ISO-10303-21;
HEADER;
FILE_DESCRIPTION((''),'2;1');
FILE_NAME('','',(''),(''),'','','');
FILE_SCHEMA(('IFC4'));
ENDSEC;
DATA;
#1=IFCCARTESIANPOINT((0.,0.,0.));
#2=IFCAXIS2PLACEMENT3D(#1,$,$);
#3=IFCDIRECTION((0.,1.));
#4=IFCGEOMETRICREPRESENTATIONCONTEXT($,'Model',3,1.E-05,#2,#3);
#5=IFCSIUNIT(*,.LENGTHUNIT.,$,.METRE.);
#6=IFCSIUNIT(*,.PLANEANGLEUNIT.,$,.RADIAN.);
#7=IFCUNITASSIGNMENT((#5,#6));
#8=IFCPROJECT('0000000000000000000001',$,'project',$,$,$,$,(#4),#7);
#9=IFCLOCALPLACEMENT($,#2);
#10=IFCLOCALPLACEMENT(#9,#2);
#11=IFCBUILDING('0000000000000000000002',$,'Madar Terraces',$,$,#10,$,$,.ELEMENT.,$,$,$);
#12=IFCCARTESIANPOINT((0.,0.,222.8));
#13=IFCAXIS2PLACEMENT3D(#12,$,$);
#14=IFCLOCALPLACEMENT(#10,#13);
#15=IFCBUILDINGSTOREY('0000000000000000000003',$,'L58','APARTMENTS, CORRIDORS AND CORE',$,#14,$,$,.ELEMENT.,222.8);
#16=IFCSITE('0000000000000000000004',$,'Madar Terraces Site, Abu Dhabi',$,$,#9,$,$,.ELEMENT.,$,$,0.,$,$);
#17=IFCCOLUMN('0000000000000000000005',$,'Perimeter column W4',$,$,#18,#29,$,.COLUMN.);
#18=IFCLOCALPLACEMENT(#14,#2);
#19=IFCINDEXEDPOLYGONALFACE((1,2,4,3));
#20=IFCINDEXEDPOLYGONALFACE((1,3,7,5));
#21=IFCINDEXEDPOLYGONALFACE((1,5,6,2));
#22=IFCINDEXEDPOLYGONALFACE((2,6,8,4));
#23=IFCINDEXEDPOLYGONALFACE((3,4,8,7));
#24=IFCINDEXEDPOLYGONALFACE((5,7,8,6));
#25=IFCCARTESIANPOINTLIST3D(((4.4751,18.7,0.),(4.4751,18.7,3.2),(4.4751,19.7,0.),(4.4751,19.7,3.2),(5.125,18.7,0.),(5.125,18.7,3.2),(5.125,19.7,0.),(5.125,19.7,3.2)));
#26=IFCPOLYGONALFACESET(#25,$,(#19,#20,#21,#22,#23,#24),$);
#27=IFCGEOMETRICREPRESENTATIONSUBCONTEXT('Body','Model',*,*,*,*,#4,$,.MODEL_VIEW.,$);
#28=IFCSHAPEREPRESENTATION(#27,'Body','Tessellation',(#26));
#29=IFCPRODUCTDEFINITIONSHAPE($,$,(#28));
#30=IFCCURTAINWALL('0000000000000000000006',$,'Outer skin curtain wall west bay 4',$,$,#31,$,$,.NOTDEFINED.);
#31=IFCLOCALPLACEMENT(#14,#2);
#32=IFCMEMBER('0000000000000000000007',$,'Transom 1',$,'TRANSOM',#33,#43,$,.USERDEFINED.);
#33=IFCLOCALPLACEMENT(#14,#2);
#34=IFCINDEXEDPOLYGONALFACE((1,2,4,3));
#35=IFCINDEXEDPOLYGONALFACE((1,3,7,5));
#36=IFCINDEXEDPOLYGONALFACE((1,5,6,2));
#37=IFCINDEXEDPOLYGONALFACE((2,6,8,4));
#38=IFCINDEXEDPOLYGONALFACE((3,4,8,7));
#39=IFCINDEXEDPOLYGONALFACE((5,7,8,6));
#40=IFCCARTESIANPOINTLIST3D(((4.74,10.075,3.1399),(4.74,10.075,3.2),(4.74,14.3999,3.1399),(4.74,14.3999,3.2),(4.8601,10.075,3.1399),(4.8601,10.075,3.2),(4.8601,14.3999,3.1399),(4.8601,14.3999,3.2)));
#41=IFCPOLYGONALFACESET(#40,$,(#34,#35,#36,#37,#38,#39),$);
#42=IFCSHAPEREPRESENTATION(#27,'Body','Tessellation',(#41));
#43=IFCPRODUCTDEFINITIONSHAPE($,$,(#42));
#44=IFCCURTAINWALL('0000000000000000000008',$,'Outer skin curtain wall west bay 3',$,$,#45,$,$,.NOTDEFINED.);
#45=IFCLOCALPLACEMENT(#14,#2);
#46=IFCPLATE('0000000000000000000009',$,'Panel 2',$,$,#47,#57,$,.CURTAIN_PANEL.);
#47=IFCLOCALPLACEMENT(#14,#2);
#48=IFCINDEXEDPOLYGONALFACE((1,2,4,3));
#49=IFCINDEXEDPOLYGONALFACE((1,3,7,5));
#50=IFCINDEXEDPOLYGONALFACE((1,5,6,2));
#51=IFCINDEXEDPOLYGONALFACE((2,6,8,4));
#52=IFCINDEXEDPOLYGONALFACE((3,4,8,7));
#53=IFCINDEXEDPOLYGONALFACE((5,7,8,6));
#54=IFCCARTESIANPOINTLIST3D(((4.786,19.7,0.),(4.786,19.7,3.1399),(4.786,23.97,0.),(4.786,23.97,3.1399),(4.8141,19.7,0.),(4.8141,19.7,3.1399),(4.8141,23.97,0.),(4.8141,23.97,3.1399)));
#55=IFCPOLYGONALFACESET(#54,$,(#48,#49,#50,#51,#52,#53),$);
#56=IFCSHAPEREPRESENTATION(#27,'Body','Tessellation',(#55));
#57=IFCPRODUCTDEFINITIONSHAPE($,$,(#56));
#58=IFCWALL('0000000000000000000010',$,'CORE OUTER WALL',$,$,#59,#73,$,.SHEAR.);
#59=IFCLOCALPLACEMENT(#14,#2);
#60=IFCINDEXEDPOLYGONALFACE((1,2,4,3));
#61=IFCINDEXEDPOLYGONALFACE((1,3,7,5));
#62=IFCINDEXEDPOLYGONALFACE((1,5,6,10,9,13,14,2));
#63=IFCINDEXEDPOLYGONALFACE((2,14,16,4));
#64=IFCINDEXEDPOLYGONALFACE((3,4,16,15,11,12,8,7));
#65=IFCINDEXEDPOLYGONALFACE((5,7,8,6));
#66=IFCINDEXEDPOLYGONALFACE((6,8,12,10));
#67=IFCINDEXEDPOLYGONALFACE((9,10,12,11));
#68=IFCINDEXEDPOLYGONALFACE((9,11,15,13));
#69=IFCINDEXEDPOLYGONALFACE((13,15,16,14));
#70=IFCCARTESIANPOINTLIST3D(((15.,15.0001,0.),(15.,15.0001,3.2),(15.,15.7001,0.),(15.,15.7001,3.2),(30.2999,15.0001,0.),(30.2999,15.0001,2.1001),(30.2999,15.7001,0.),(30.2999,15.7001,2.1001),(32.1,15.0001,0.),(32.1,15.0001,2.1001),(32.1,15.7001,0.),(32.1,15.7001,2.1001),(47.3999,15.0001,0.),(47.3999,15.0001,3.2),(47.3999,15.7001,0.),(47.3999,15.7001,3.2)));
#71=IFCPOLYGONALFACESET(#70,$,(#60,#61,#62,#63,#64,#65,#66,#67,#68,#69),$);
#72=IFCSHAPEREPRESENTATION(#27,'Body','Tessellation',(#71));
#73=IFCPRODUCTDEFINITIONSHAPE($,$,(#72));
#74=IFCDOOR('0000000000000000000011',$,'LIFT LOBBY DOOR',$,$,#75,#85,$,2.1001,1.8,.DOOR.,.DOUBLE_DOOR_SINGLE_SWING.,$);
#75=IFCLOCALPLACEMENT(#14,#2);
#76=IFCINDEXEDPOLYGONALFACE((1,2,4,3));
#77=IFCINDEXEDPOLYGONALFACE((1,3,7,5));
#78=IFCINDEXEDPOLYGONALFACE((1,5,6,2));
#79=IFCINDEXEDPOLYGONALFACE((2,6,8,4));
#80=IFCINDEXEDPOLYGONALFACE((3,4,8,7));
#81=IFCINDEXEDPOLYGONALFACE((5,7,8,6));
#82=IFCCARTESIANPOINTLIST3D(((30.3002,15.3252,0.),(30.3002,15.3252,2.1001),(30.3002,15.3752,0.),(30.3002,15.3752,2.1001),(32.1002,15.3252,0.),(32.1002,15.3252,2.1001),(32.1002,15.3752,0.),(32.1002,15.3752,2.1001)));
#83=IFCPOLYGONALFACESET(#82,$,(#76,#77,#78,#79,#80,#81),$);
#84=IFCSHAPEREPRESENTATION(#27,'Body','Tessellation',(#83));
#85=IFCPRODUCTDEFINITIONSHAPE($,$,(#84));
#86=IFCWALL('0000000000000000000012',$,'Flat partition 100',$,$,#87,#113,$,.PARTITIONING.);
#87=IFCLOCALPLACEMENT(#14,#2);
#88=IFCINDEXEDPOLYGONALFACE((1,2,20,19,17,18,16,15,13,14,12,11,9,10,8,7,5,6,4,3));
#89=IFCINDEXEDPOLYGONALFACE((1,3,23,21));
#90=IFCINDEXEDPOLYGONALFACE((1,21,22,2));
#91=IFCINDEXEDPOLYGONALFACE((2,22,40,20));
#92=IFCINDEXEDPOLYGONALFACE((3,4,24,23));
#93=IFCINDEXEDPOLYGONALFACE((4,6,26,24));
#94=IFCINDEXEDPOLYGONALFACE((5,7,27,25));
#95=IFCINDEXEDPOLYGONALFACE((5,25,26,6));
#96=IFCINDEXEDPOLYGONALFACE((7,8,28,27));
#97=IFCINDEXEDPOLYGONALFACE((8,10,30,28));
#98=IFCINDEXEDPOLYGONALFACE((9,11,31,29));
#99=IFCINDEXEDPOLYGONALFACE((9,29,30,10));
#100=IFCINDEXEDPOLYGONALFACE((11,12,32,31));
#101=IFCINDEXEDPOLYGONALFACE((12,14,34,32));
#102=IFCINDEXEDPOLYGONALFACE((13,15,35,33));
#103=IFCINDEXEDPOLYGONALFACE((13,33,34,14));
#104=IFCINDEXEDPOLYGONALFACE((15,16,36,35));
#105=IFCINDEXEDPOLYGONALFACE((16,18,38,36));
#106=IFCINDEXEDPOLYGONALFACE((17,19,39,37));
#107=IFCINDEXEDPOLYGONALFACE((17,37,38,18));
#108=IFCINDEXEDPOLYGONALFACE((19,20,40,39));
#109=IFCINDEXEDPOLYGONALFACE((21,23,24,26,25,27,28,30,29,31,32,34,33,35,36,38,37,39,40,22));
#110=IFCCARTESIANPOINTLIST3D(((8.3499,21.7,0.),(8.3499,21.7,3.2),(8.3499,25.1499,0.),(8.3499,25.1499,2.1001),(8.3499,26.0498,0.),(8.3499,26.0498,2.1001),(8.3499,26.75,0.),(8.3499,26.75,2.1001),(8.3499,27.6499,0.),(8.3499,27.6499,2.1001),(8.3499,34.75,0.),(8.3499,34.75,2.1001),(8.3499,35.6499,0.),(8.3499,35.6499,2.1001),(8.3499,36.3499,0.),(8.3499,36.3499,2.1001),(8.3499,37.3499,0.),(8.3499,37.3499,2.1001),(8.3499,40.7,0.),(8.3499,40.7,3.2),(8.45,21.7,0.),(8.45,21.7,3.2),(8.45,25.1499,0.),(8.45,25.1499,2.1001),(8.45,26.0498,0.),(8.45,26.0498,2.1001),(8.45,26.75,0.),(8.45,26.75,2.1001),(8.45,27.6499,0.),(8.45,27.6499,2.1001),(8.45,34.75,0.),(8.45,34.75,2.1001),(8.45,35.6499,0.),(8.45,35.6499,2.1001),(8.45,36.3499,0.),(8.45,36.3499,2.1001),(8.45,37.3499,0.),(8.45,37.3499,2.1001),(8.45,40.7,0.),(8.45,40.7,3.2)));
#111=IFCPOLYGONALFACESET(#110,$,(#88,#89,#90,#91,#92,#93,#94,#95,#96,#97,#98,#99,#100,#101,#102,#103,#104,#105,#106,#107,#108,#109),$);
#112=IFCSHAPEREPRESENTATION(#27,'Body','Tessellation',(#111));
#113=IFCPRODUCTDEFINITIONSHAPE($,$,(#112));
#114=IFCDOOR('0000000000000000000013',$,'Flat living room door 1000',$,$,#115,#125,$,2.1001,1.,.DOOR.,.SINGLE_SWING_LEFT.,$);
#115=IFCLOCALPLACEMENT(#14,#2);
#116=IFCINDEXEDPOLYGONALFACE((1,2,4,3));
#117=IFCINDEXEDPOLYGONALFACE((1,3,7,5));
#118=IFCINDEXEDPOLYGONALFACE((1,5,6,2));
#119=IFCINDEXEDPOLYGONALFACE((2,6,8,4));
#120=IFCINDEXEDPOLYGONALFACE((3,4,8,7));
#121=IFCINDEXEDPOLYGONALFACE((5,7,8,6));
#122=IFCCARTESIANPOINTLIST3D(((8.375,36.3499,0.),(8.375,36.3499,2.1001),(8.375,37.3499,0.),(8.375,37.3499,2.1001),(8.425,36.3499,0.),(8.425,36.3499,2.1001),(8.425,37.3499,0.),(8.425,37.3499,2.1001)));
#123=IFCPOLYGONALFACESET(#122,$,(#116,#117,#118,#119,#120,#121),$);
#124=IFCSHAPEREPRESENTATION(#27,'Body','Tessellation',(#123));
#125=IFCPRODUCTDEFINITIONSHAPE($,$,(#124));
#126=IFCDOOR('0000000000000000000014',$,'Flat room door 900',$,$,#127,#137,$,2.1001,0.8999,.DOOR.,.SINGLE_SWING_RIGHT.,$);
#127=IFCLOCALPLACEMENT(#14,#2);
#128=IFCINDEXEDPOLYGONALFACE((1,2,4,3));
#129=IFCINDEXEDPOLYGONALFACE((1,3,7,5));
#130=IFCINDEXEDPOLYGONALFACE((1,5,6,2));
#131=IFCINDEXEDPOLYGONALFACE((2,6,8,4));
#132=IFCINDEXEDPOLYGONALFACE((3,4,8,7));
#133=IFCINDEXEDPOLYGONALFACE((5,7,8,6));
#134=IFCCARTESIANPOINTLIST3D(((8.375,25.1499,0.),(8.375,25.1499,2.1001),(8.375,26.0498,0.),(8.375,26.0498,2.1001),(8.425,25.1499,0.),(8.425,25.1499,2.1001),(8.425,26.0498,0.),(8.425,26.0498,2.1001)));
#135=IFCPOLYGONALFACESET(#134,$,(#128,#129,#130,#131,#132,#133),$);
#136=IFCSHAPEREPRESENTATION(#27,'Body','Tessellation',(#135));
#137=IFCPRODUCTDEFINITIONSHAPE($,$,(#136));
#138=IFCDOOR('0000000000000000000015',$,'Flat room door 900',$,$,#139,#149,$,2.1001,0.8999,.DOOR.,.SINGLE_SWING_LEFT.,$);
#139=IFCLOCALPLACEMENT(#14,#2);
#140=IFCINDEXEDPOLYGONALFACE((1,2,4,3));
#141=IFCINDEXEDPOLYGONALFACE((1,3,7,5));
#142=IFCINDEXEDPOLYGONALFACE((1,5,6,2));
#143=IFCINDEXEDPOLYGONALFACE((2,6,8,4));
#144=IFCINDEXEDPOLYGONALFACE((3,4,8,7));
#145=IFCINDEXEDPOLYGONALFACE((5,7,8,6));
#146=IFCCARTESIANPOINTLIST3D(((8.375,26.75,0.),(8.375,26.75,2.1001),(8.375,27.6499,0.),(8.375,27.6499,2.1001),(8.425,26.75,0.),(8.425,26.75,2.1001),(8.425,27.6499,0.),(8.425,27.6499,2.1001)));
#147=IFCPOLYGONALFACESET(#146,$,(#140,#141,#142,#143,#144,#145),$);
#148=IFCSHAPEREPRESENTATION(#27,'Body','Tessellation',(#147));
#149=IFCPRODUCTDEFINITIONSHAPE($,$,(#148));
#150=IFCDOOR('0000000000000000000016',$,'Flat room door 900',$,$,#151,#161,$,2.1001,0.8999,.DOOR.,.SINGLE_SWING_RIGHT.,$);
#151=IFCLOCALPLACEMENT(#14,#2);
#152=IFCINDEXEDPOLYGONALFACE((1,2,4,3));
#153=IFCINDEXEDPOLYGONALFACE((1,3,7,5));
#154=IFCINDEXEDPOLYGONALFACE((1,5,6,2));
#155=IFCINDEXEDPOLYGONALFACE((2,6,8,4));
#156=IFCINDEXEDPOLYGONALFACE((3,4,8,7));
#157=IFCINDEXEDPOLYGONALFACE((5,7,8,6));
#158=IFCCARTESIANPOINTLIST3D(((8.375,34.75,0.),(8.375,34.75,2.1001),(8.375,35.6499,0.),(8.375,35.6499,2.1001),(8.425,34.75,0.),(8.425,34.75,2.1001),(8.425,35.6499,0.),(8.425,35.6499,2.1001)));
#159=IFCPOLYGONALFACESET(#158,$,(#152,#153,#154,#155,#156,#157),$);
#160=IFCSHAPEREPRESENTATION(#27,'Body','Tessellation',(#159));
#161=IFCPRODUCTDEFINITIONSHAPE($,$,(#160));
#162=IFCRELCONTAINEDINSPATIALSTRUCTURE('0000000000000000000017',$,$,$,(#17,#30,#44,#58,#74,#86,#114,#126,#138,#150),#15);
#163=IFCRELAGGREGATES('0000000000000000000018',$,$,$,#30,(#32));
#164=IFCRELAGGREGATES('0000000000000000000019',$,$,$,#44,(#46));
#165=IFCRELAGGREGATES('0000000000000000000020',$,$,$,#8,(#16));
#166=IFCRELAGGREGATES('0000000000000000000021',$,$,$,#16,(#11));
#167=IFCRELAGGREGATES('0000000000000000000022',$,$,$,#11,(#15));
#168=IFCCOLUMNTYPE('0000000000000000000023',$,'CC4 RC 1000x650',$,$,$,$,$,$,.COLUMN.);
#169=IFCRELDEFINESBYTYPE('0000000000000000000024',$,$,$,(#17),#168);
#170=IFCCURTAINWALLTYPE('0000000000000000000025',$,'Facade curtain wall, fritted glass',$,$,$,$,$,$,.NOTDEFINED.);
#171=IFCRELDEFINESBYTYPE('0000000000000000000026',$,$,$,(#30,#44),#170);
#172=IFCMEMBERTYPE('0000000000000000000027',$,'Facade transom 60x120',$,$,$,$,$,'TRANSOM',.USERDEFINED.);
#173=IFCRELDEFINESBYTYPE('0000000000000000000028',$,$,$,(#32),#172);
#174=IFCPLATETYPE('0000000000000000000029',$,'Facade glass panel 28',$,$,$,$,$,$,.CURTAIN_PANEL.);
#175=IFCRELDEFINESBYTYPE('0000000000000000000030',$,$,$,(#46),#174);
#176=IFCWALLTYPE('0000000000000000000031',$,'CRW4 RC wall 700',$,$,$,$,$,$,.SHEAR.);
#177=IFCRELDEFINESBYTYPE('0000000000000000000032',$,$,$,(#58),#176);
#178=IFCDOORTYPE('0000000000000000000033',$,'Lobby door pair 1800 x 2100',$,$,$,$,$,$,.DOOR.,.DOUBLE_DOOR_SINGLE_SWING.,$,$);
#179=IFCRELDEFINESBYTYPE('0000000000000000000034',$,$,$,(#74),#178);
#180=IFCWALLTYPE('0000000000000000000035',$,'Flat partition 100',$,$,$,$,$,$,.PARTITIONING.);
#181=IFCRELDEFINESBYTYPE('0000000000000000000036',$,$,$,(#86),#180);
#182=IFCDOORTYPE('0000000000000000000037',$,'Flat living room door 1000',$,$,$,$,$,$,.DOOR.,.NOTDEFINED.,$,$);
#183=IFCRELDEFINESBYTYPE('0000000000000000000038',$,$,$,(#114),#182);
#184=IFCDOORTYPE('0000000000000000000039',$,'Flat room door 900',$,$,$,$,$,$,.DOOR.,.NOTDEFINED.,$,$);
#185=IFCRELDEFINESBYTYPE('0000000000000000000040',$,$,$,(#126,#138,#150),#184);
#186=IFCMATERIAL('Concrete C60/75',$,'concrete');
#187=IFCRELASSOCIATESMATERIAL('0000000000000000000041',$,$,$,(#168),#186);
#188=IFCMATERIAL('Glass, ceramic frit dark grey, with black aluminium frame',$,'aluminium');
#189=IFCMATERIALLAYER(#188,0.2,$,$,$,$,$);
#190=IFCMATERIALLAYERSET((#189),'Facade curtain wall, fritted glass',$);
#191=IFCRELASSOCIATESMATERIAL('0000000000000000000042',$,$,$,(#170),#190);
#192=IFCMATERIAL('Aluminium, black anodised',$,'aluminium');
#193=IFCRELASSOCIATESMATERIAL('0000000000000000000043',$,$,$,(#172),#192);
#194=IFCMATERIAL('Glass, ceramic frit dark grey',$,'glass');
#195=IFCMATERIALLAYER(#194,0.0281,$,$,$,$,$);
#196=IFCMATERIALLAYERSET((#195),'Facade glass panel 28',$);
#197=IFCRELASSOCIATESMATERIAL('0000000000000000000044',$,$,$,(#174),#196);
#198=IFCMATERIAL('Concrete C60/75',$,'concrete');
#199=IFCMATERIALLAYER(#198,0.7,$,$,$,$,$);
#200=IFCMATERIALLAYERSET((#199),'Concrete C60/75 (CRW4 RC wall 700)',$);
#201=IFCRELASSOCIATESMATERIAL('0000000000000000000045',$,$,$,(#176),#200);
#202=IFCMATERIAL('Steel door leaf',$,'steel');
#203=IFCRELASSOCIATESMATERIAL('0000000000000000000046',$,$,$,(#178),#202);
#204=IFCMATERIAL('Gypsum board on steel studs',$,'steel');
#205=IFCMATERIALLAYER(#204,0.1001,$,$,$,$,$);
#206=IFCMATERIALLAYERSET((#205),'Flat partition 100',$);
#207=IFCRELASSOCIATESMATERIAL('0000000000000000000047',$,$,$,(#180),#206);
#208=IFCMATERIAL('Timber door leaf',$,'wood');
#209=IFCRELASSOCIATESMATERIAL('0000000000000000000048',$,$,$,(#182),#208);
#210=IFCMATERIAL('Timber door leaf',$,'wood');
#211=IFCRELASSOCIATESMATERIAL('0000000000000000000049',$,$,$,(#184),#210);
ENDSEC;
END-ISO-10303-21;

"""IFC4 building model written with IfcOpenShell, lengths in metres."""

from ifc_helpers import new_model, si_unit, direction, frame, frame_2d, origin, origin_2d, place, context, subcontext, project, spatial, rectangle, extrude, material, layer, layer_set, material_profile, profile_set, type_object, element, fill, aggregate, save


model = new_model("IFC4")

# Units and contexts
model_context = context("Model", 3, precision=1e-05, world=origin(), true_north=direction((0.0, 1.0)))
body_context = subcontext(model_context, "Body", "Model", "MODEL_VIEW")
ifc_project = project(units=[si_unit("LENGTHUNIT", "METRE"), si_unit("PLANEANGLEUNIT", "RADIAN")], contexts=[model_context])

# Site, building, storey
site_placement = place(None, origin())
site = spatial("IfcSite", under=ifc_project, at=site_placement, Name="Madar Terraces Site, Abu Dhabi", CompositionType="ELEMENT", RefElevation=0.0)
building_placement = place(site_placement, origin())
building = spatial("IfcBuilding", under=site, at=building_placement, Name="Madar Terraces", CompositionType="ELEMENT")
storey_placement = place(building_placement, frame((0.0, 0.0, 222.8)))
storey = spatial("IfcBuildingStorey", under=building, at=storey_placement, Name="L58", Description="APARTMENTS, CORRIDORS AND CORE", CompositionType="ELEMENT", Elevation=222.8)

# Column
ifc_material_1 = material(Name="Concrete C60/75", Category="concrete")
ifc_material_profile_1 = material_profile(ifc_material_1, rectangle(XDim=1.0, YDim=0.6499, at=origin_2d()), Name="CC4 RC 1000x650")
ifc_profile_set_1 = profile_set([ifc_material_profile_1], Name="Concrete C60/75")
column_type = type_object("IfcColumnType", Name="CC4 RC 1000x650", PredefinedType="COLUMN", material=ifc_profile_set_1)
column_placement = place(storey_placement, frame((4.8, 19.2, 0.0), z_axis=(0.0, 0.0, 1.0), x_axis=(0.0, 1.0, 0.0)))
element("IfcColumn", 1, at=column_placement, inside=storey, type_object=column_type, Name="Perimeter column W4", PredefinedType="COLUMN", context=body_context, shape_type="SweptSolid", body=[
    extrude(rectangle(XDim=1.0, YDim=0.6499, at=origin_2d()), origin(), (0.0, 0.0, 1.0), 3.2),
])

# Curtain wall, member
ifc_material_2 = material(Name="Glass, ceramic frit dark grey, with black aluminium frame", Category="aluminium")
ifc_layer_1 = layer(ifc_material_2, 0.2)
ifc_layer_set_1 = layer_set([ifc_layer_1], Name="Facade curtain wall, fritted glass")
curtain_wall_type = type_object("IfcCurtainWallType", Name="Facade curtain wall, fritted glass", PredefinedType="NOTDEFINED", material=ifc_layer_set_1)
curtain_wall_1_placement = place(storey_placement, origin())
curtain_wall_1 = element("IfcCurtainWall", 2, at=curtain_wall_1_placement, inside=storey, type_object=curtain_wall_type, Name="Outer skin curtain wall west bay 4", PredefinedType="NOTDEFINED")
ifc_material_3 = material(Name="Aluminium, black anodised", Category="aluminium")
ifc_material_profile_2 = material_profile(ifc_material_3, rectangle(XDim=0.1201, YDim=0.0601, at=origin_2d()), Name="Facade transom 60x120")
ifc_profile_set_2 = profile_set([ifc_material_profile_2], Name="Aluminium, black anodised")
member_type = type_object("IfcMemberType", Name="Facade transom 60x120", ElementType="TRANSOM", PredefinedType="USERDEFINED", material=ifc_profile_set_2)
member_placement = place(storey_placement, frame((4.8, 14.3999, 3.1699), z_axis=(0.0, -1.0, 0.0), x_axis=(1.0, 0.0, 0.0)))
member = element("IfcMember", 3, at=member_placement, type_object=member_type, Name="Transom 1", ObjectType="TRANSOM", PredefinedType="USERDEFINED", context=body_context, shape_type="SweptSolid", body=[
    extrude(rectangle(XDim=0.1201, YDim=0.0601, at=origin_2d()), origin(), (0.0, 0.0, 1.0), 4.325),
])
aggregate(curtain_wall_1, [member])

# Curtain wall, plate
curtain_wall_2_placement = place(storey_placement, origin())
curtain_wall_2 = element("IfcCurtainWall", 4, at=curtain_wall_2_placement, inside=storey, type_object=curtain_wall_type, Name="Outer skin curtain wall west bay 3", PredefinedType="NOTDEFINED")
ifc_material_4 = material(Name="Glass, ceramic frit dark grey", Category="glass")
ifc_layer_2 = layer(ifc_material_4, 0.0281)
ifc_layer_set_2 = layer_set([ifc_layer_2], Name="Facade glass panel 28")
plate_type = type_object("IfcPlateType", Name="Facade glass panel 28", PredefinedType="CURTAIN_PANEL", material=ifc_layer_set_2)
plate_placement = place(storey_placement, frame((4.8, 21.835, 0.0), z_axis=(0.0, 0.0, 1.0), x_axis=(0.0, -1.0, 0.0)))
plate = element("IfcPlate", 5, at=plate_placement, type_object=plate_type, Name="Panel 2", PredefinedType="CURTAIN_PANEL", context=body_context, shape_type="SweptSolid", body=[
    extrude(rectangle(XDim=4.27, YDim=0.0281, at=origin_2d()), origin(), (0.0, 0.0, 1.0), 3.1399),
])
aggregate(curtain_wall_2, [plate])

# Wall, opening, door
ifc_material_5 = material(Name="Concrete C60/75", Category="concrete")
ifc_layer_3 = layer(ifc_material_5, 0.7)
ifc_layer_set_3 = layer_set([ifc_layer_3], Name="Concrete C60/75 (CRW4 RC wall 700)")
wall_type_1 = type_object("IfcWallType", Name="CRW4 RC wall 700", PredefinedType="SHEAR", material=ifc_layer_set_3)
wall_1_placement = place(storey_placement, frame((15.0, 15.3501, 0.0), z_axis=(0.0, 0.0, 1.0), x_axis=(1.0, 0.0, 0.0)))
wall_1 = element("IfcWall", 6, at=wall_1_placement, inside=storey, type_object=wall_type_1, Name="CORE OUTER WALL", PredefinedType="SHEAR", context=body_context, shape_type="SweptSolid", body=[
    extrude(rectangle(XDim=32.3999, YDim=0.7, at=frame_2d((16.2, 0.0))), origin(), (0.0, 0.0, 1.0), 3.2),
])
opening_1_placement = place(wall_1_placement, frame((15.3, 0.0, 0.0)))
opening_1 = element("IfcOpeningElement", 7, at=opening_1_placement, cuts=wall_1, PredefinedType="OPENING", context=body_context, shape_type="SweptSolid", body=[
    extrude(rectangle(XDim=1.8, YDim=2.1001, at=frame_2d((0.8999, 1.05))), frame((0.0, 0.3599, 0.0), z_axis=(0.0, -1.0, 0.0), x_axis=(1.0, 0.0, 0.0)), (0.0, 0.0, 1.0), 0.72),
])
ifc_material_6 = material(Name="Steel door leaf", Category="steel")
door_type_1 = type_object("IfcDoorType", Name="Lobby door pair 1800 x 2100", OperationType="DOUBLE_DOOR_SINGLE_SWING", PredefinedType="DOOR", material=ifc_material_6)
door_1_placement = place(opening_1_placement, frame((1.8, 0.0, 0.0), z_axis=(0.0, 0.0, 1.0), x_axis=(-1.0, 0.0, 0.0)))
door_1 = element("IfcDoor", 8, at=door_1_placement, inside=storey, type_object=door_type_1, Name="LIFT LOBBY DOOR", OperationType="DOUBLE_DOOR_SINGLE_SWING", OverallHeight=2.1001, OverallWidth=1.8, PredefinedType="DOOR", context=body_context, shape_type="SweptSolid", body=[
    extrude(rectangle(XDim=1.8, YDim=2.1001, at=frame_2d((0.8999, 1.05))), frame((0.0, 0.0249, 0.0), z_axis=(0.0, -1.0, 0.0), x_axis=(1.0, 0.0, 0.0)), (0.0, 0.0, 1.0), 0.05),
])
fill(opening_1, door_1)

# Wall, openings, doors
ifc_material_7 = material(Name="Gypsum board on steel studs", Category="steel")
ifc_layer_4 = layer(ifc_material_7, 0.1001)
ifc_layer_set_4 = layer_set([ifc_layer_4], Name="Flat partition 100")
wall_type_2 = type_object("IfcWallType", Name="Flat partition 100", PredefinedType="PARTITIONING", material=ifc_layer_set_4)
wall_2_placement = place(storey_placement, frame((8.3999, 21.7, 0.0), z_axis=(0.0, 0.0, 1.0), x_axis=(0.0, 1.0, 0.0)))
wall_2 = element("IfcWall", 9, at=wall_2_placement, inside=storey, type_object=wall_type_2, Name="Flat partition 100", PredefinedType="PARTITIONING", context=body_context, shape_type="SweptSolid", body=[
    extrude(rectangle(XDim=19.0, YDim=0.1001, at=frame_2d((9.5, 0.0))), origin(), (0.0, 0.0, 1.0), 3.2),
])
opening_2_placement = place(wall_2_placement, frame((3.45, 0.0, 0.0)))
opening_2 = element("IfcOpeningElement", 10, at=opening_2_placement, cuts=wall_2, PredefinedType="OPENING", context=body_context, shape_type="SweptSolid", body=[
    extrude(rectangle(XDim=0.8999, YDim=2.1001, at=frame_2d((0.45, 1.05))), frame((0.0, 0.0601, 0.0), z_axis=(0.0, -1.0, 0.0), x_axis=(1.0, 0.0, 0.0)), (0.0, 0.0, 1.0), 0.1201),
])
opening_3_placement = place(wall_2_placement, frame((5.05, 0.0, 0.0)))
opening_3 = element("IfcOpeningElement", 11, at=opening_3_placement, cuts=wall_2, PredefinedType="OPENING", context=body_context, shape_type="SweptSolid", body=[
    extrude(rectangle(XDim=0.8999, YDim=2.1001, at=frame_2d((0.45, 1.05))), frame((0.0, 0.0601, 0.0), z_axis=(0.0, -1.0, 0.0), x_axis=(1.0, 0.0, 0.0)), (0.0, 0.0, 1.0), 0.1201),
])
opening_4_placement = place(wall_2_placement, frame((13.05, 0.0, 0.0)))
opening_4 = element("IfcOpeningElement", 12, at=opening_4_placement, cuts=wall_2, PredefinedType="OPENING", context=body_context, shape_type="SweptSolid", body=[
    extrude(rectangle(XDim=0.8999, YDim=2.1001, at=frame_2d((0.45, 1.05))), frame((0.0, 0.0601, 0.0), z_axis=(0.0, -1.0, 0.0), x_axis=(1.0, 0.0, 0.0)), (0.0, 0.0, 1.0), 0.1201),
])
opening_5_placement = place(wall_2_placement, frame((14.6499, 0.0, 0.0)))
opening_5 = element("IfcOpeningElement", 13, at=opening_5_placement, cuts=wall_2, PredefinedType="OPENING", context=body_context, shape_type="SweptSolid", body=[
    extrude(rectangle(XDim=1.0, YDim=2.1001, at=frame_2d((0.5, 1.05))), frame((0.0, 0.0601, 0.0), z_axis=(0.0, -1.0, 0.0), x_axis=(1.0, 0.0, 0.0)), (0.0, 0.0, 1.0), 0.1201),
])
ifc_material_8 = material(Name="Timber door leaf", Category="wood")
door_type_2 = type_object("IfcDoorType", Name="Flat living room door 1000", OperationType="NOTDEFINED", PredefinedType="DOOR", material=ifc_material_8)
door_2_placement = place(opening_5_placement, origin())
door_2 = element("IfcDoor", 14, at=door_2_placement, inside=storey, type_object=door_type_2, Name="Flat living room door 1000", OperationType="SINGLE_SWING_LEFT", OverallHeight=2.1001, OverallWidth=1.0, PredefinedType="DOOR", context=body_context, shape_type="SweptSolid", body=[
    extrude(rectangle(XDim=1.0, YDim=2.1001, at=frame_2d((0.5, 1.05))), frame((0.0, 0.0249, 0.0), z_axis=(0.0, -1.0, 0.0), x_axis=(1.0, 0.0, 0.0)), (0.0, 0.0, 1.0), 0.05),
])
fill(opening_5, door_2)
ifc_material_9 = material(Name="Timber door leaf", Category="wood")
door_type_3 = type_object("IfcDoorType", Name="Flat room door 900", OperationType="NOTDEFINED", PredefinedType="DOOR", material=ifc_material_9)
door_3_placement = place(opening_2_placement, origin())
door_3 = element("IfcDoor", 15, at=door_3_placement, inside=storey, type_object=door_type_3, Name="Flat room door 900", OperationType="SINGLE_SWING_RIGHT", OverallHeight=2.1001, OverallWidth=0.8999, PredefinedType="DOOR", context=body_context, shape_type="SweptSolid", body=[
    extrude(rectangle(XDim=0.8999, YDim=2.1001, at=frame_2d((0.45, 1.05))), frame((0.0, 0.0249, 0.0), z_axis=(0.0, -1.0, 0.0), x_axis=(1.0, 0.0, 0.0)), (0.0, 0.0, 1.0), 0.05),
])
fill(opening_2, door_3)
door_4_placement = place(opening_3_placement, origin())
door_4 = element("IfcDoor", 16, at=door_4_placement, inside=storey, type_object=door_type_3, Name="Flat room door 900", OperationType="SINGLE_SWING_LEFT", OverallHeight=2.1001, OverallWidth=0.8999, PredefinedType="DOOR", context=body_context, shape_type="SweptSolid", body=[
    extrude(rectangle(XDim=0.8999, YDim=2.1001, at=frame_2d((0.45, 1.05))), frame((0.0, 0.0249, 0.0), z_axis=(0.0, -1.0, 0.0), x_axis=(1.0, 0.0, 0.0)), (0.0, 0.0, 1.0), 0.05),
])
fill(opening_3, door_4)
door_5_placement = place(opening_4_placement, origin())
door_5 = element("IfcDoor", 17, at=door_5_placement, inside=storey, type_object=door_type_3, Name="Flat room door 900", OperationType="SINGLE_SWING_RIGHT", OverallHeight=2.1001, OverallWidth=0.8999, PredefinedType="DOOR", context=body_context, shape_type="SweptSolid", body=[
    extrude(rectangle(XDim=0.8999, YDim=2.1001, at=frame_2d((0.45, 1.05))), frame((0.0, 0.0249, 0.0), z_axis=(0.0, -1.0, 0.0), x_axis=(1.0, 0.0, 0.0)), (0.0, 0.0, 1.0), 0.05),
])
fill(opening_4, door_5)

save(model, "model.ifc")
